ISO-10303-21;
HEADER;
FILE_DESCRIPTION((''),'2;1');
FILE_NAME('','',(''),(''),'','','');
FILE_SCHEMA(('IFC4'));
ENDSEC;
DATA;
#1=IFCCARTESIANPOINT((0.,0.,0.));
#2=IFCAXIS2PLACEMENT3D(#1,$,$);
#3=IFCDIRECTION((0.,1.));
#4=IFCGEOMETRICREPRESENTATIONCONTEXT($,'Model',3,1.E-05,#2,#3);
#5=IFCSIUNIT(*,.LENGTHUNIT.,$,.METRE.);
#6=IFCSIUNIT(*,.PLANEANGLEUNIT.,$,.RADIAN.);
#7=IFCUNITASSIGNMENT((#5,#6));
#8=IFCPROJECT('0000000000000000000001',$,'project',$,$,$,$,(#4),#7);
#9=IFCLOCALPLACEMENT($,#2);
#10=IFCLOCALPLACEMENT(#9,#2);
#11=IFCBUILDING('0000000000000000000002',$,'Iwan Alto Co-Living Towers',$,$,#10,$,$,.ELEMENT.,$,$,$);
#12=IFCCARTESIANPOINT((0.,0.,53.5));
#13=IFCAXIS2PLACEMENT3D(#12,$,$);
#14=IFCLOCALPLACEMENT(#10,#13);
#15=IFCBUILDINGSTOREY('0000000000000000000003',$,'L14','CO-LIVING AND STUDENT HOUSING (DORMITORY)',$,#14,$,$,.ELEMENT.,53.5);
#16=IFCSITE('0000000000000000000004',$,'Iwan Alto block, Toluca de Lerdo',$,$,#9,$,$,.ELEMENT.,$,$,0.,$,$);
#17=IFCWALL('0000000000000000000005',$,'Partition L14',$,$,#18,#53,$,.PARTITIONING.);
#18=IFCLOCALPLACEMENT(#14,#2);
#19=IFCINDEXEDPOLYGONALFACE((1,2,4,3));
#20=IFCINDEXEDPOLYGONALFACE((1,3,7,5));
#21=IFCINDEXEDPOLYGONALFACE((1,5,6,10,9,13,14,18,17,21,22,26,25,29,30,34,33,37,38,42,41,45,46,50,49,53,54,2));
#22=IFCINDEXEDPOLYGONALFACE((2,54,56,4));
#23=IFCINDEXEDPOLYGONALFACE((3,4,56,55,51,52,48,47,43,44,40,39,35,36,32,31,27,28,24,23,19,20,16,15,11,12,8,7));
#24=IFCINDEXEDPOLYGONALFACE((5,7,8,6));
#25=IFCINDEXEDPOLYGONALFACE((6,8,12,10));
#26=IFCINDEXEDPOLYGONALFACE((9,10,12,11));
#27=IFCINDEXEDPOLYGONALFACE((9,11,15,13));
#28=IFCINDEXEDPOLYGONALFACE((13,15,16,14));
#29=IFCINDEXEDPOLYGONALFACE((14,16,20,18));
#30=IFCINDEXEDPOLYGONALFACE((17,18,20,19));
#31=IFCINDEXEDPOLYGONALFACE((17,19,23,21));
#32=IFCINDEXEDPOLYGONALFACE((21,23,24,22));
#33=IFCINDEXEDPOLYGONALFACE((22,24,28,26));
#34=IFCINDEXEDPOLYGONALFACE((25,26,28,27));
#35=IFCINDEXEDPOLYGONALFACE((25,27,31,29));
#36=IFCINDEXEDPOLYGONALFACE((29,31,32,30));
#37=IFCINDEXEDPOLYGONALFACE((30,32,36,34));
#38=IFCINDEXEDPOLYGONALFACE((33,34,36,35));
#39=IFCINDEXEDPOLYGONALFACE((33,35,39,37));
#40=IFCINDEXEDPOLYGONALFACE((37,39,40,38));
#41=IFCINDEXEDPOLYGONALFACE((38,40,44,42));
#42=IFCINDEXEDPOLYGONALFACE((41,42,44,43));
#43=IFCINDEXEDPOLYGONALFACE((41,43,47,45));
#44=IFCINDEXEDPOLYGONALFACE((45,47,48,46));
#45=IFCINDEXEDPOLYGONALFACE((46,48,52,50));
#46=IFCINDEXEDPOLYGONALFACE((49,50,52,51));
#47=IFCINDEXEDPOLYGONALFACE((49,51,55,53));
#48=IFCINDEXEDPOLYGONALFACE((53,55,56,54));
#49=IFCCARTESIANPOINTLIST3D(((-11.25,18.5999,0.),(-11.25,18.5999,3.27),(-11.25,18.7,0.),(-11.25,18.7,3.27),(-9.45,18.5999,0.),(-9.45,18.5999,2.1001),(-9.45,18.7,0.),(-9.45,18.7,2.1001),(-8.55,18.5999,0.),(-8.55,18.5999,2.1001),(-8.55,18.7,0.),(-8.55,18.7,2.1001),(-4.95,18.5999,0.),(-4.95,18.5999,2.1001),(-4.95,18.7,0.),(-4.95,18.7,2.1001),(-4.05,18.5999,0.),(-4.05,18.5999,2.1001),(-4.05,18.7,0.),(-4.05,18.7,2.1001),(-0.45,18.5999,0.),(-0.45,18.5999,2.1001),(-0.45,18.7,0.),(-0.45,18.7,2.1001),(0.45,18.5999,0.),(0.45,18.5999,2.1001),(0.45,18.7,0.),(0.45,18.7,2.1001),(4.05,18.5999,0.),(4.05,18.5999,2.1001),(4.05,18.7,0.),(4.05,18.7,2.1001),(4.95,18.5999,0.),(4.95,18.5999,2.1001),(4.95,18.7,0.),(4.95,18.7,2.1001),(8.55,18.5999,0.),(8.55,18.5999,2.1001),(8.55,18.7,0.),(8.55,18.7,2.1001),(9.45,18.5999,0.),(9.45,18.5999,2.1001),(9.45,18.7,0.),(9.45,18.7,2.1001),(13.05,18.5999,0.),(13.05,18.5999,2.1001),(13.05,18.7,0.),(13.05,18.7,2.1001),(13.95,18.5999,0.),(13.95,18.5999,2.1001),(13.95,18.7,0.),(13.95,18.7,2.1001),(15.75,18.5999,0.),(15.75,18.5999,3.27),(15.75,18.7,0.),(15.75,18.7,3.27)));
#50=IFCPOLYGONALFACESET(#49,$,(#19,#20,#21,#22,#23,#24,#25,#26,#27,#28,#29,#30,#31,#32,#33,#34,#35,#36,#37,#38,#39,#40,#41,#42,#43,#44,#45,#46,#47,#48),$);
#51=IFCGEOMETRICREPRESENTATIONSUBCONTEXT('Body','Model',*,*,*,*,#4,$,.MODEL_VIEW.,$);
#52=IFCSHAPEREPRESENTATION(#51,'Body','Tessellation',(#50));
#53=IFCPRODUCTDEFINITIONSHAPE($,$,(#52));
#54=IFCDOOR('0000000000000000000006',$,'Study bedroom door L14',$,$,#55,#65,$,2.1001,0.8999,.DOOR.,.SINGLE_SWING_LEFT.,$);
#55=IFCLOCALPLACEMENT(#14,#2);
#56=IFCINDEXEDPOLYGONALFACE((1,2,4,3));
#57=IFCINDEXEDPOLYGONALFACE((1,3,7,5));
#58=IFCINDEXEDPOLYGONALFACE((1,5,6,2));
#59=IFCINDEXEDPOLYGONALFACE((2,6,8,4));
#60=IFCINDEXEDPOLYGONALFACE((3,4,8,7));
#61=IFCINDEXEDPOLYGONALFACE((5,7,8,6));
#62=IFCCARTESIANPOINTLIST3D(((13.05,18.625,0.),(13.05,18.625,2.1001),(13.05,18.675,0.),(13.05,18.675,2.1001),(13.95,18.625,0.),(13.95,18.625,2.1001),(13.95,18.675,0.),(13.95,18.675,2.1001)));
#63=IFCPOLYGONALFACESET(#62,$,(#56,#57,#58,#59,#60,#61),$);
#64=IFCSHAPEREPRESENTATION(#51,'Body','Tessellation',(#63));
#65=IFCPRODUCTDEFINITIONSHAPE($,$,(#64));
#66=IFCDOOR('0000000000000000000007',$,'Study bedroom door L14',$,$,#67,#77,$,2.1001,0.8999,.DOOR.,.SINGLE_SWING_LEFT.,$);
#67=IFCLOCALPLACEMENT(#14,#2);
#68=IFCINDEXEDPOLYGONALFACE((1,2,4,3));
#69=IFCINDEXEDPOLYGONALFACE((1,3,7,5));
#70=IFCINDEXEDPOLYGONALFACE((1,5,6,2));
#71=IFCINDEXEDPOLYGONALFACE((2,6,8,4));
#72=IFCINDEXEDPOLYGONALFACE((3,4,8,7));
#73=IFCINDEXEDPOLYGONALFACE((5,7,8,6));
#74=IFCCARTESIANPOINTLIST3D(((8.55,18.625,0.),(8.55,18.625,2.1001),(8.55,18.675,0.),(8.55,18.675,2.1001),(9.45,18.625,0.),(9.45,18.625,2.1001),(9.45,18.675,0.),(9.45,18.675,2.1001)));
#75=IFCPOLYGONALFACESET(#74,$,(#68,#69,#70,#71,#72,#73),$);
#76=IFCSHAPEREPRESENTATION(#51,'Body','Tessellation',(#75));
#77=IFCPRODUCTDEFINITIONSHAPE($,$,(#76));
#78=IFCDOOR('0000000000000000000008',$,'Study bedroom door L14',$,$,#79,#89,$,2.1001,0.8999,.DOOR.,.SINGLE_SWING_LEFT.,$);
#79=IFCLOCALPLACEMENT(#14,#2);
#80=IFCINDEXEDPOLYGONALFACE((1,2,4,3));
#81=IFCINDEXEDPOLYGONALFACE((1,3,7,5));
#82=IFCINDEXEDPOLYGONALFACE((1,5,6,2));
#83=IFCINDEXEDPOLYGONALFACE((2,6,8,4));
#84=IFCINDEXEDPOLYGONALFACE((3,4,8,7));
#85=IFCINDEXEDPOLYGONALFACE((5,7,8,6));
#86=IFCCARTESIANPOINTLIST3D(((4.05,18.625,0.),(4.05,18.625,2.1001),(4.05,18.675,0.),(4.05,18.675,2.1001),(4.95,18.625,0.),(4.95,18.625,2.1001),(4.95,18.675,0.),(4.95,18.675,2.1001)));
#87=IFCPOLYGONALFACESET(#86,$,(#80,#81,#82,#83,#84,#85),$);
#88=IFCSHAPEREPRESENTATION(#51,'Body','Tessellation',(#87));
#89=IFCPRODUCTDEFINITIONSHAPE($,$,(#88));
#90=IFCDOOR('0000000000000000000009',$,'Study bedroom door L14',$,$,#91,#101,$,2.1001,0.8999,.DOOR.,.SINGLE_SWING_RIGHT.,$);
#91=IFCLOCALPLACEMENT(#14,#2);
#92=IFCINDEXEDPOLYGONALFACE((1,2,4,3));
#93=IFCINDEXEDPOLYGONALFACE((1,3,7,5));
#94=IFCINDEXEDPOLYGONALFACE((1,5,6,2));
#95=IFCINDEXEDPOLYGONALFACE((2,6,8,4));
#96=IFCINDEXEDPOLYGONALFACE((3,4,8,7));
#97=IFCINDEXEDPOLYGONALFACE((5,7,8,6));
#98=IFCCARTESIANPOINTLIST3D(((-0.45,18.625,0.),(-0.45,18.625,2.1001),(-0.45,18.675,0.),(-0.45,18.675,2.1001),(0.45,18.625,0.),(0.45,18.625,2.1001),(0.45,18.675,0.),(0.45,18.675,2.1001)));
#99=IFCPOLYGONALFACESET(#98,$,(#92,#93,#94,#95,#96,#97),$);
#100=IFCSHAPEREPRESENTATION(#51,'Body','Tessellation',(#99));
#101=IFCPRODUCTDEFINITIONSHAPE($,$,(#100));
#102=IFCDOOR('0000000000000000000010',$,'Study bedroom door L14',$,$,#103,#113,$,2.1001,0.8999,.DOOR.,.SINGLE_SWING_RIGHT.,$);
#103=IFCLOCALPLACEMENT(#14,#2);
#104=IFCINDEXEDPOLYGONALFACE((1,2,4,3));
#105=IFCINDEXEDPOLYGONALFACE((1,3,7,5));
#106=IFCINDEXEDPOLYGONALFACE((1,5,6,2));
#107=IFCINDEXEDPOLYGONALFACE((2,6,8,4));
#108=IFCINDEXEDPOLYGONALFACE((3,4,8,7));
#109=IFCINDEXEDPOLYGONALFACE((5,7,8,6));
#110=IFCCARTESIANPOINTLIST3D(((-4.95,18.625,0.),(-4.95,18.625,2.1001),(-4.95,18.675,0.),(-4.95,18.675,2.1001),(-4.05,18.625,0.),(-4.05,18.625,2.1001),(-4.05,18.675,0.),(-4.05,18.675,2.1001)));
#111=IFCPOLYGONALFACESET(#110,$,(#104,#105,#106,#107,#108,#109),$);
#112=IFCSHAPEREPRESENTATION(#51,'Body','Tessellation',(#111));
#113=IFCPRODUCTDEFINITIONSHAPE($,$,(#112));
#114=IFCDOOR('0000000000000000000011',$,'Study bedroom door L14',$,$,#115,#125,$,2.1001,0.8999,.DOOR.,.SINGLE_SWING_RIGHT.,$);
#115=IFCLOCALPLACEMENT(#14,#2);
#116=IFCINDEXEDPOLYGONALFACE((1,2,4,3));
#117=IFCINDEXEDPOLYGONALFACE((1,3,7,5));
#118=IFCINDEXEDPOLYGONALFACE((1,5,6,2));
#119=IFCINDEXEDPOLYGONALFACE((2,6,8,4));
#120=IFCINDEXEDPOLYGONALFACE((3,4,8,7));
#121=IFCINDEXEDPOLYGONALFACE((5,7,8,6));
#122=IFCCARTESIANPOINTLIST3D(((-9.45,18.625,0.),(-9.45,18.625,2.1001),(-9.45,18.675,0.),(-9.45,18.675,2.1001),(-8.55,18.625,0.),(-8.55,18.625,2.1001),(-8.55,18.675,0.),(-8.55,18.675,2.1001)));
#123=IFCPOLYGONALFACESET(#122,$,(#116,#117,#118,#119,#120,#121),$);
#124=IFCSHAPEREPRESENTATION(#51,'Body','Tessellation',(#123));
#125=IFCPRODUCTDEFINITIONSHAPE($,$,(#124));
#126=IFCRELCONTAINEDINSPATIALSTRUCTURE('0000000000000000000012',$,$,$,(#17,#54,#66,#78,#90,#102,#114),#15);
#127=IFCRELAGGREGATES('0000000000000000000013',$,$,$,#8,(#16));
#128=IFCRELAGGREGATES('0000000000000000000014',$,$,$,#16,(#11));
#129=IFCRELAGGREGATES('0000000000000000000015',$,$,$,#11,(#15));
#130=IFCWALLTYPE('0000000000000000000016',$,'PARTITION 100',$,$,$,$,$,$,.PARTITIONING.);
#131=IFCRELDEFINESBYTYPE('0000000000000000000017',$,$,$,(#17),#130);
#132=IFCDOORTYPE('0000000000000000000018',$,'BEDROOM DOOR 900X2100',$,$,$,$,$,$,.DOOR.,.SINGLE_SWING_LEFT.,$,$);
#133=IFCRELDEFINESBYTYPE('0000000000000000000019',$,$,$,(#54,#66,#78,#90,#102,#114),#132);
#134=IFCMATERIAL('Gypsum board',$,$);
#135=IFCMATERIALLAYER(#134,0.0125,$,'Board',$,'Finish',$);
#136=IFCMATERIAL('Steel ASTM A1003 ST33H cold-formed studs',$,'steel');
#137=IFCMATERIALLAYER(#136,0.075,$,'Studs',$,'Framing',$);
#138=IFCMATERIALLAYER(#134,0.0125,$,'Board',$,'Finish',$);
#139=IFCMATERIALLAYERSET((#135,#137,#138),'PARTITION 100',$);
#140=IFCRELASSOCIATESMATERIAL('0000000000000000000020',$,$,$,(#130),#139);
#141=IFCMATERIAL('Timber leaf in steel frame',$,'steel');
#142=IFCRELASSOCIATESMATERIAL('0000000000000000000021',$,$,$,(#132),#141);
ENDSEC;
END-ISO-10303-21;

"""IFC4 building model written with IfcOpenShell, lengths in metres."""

from ifc_helpers import new_model, si_unit, direction, frame, frame_2d, origin, place, context, subcontext, project, spatial, rectangle, extrude, material, layer, layer_set, type_object, element, fill, save


model = new_model("IFC4")

# Units and contexts
model_context = context("Model", 3, precision=1e-05, world=origin(), true_north=direction((0.0, 1.0)))
body_context = subcontext(model_context, "Body", "Model", "MODEL_VIEW")
ifc_project = project(units=[si_unit("LENGTHUNIT", "METRE"), si_unit("PLANEANGLEUNIT", "RADIAN")], contexts=[model_context])

# Site, building, storey
site_placement = place(None, origin())
site = spatial("IfcSite", under=ifc_project, at=site_placement, Name="Iwan Alto block, Toluca de Lerdo", CompositionType="ELEMENT", RefElevation=0.0)
building_placement = place(site_placement, origin())
building = spatial("IfcBuilding", under=site, at=building_placement, Name="Iwan Alto Co-Living Towers", CompositionType="ELEMENT")
storey_placement = place(building_placement, frame((0.0, 0.0, 53.5)))
storey = spatial("IfcBuildingStorey", under=building, at=storey_placement, Name="L14", Description="CO-LIVING AND STUDENT HOUSING (DORMITORY)", CompositionType="ELEMENT", Elevation=53.5)

# Wall, openings, doors
ifc_material_1 = material(Name="Gypsum board")
ifc_layer_1 = layer(ifc_material_1, 0.0125, Name="Board", Category="Finish")
ifc_material_2 = material(Name="Steel ASTM A1003 ST33H cold-formed studs", Category="steel")
ifc_layer_2 = layer(ifc_material_2, 0.075, Name="Studs", Category="Framing")
ifc_layer_3 = layer(ifc_material_1, 0.0125, Name="Board", Category="Finish")
ifc_layer_set_1 = layer_set([ifc_layer_1, ifc_layer_2, ifc_layer_3], Name="PARTITION 100")
wall_type_1 = type_object("IfcWallType", Name="PARTITION 100", PredefinedType="PARTITIONING", material=ifc_layer_set_1)
wall_1_placement = place(storey_placement, frame((-11.25, 18.6499, 0.0), z_axis=(0.0, 0.0, 1.0), x_axis=(1.0, 0.0, 0.0)))
wall_1 = element("IfcWall", 1, at=wall_1_placement, inside=storey, type_object=wall_type_1, Name="Partition L14", PredefinedType="PARTITIONING", context=body_context, shape_type="SweptSolid", body=[
    extrude(rectangle(XDim=27.0, YDim=0.1001, at=frame_2d((13.5, 0.0))), origin(), (0.0, 0.0, 1.0), 3.27),
])
opening_1_placement = place(wall_1_placement, frame((24.3, 0.0, 0.0)))
opening_1 = element("IfcOpeningElement", 2, at=opening_1_placement, cuts=wall_1, PredefinedType="OPENING", context=body_context, shape_type="SweptSolid", body=[
    extrude(rectangle(XDim=0.8999, YDim=2.1001, at=frame_2d((0.45, 1.05))), frame((0.0, 0.0601, 0.0), z_axis=(0.0, -1.0, 0.0), x_axis=(1.0, 0.0, 0.0)), (0.0, 0.0, 1.0), 0.1201),
])
opening_2_placement = place(wall_1_placement, frame((19.8, 0.0, 0.0)))
opening_2 = element("IfcOpeningElement", 3, at=opening_2_placement, cuts=wall_1, PredefinedType="OPENING", context=body_context, shape_type="SweptSolid", body=[
    extrude(rectangle(XDim=0.8999, YDim=2.1001, at=frame_2d((0.45, 1.05))), frame((0.0, 0.0601, 0.0), z_axis=(0.0, -1.0, 0.0), x_axis=(1.0, 0.0, 0.0)), (0.0, 0.0, 1.0), 0.1201),
])
opening_3_placement = place(wall_1_placement, frame((15.3, 0.0, 0.0)))
opening_3 = element("IfcOpeningElement", 4, at=opening_3_placement, cuts=wall_1, PredefinedType="OPENING", context=body_context, shape_type="SweptSolid", body=[
    extrude(rectangle(XDim=0.8999, YDim=2.1001, at=frame_2d((0.45, 1.05))), frame((0.0, 0.0601, 0.0), z_axis=(0.0, -1.0, 0.0), x_axis=(1.0, 0.0, 0.0)), (0.0, 0.0, 1.0), 0.1201),
])
opening_4_placement = place(wall_1_placement, frame((10.8, 0.0, 0.0)))
opening_4 = element("IfcOpeningElement", 5, at=opening_4_placement, cuts=wall_1, PredefinedType="OPENING", context=body_context, shape_type="SweptSolid", body=[
    extrude(rectangle(XDim=0.8999, YDim=2.1001, at=frame_2d((0.45, 1.05))), frame((0.0, 0.0601, 0.0), z_axis=(0.0, -1.0, 0.0), x_axis=(1.0, 0.0, 0.0)), (0.0, 0.0, 1.0), 0.1201),
])
opening_5_placement = place(wall_1_placement, frame((6.3, 0.0, 0.0)))
opening_5 = element("IfcOpeningElement", 6, at=opening_5_placement, cuts=wall_1, PredefinedType="OPENING", context=body_context, shape_type="SweptSolid", body=[
    extrude(rectangle(XDim=0.8999, YDim=2.1001, at=frame_2d((0.45, 1.05))), frame((0.0, 0.0601, 0.0), z_axis=(0.0, -1.0, 0.0), x_axis=(1.0, 0.0, 0.0)), (0.0, 0.0, 1.0), 0.1201),
])
opening_6_placement = place(wall_1_placement, frame((1.8, 0.0, 0.0)))
opening_6 = element("IfcOpeningElement", 7, at=opening_6_placement, cuts=wall_1, PredefinedType="OPENING", context=body_context, shape_type="SweptSolid", body=[
    extrude(rectangle(XDim=0.8999, YDim=2.1001, at=frame_2d((0.45, 1.05))), frame((0.0, 0.0601, 0.0), z_axis=(0.0, -1.0, 0.0), x_axis=(1.0, 0.0, 0.0)), (0.0, 0.0, 1.0), 0.1201),
])
ifc_material_3 = material(Name="Timber leaf in steel frame", Category="steel")
door_type_1 = type_object("IfcDoorType", Name="BEDROOM DOOR 900X2100", OperationType="SINGLE_SWING_LEFT", PredefinedType="DOOR", material=ifc_material_3)
door_1_placement = place(opening_1_placement, frame((0.8999, 0.0, 0.0), z_axis=(0.0, 0.0, 1.0), x_axis=(-1.0, 0.0, 0.0)))
door_1 = element("IfcDoor", 8, at=door_1_placement, inside=storey, type_object=door_type_1, Name="Study bedroom door L14", OperationType="SINGLE_SWING_LEFT", OverallHeight=2.1001, OverallWidth=0.8999, PredefinedType="DOOR", context=body_context, shape_type="SweptSolid", body=[
    extrude(rectangle(XDim=0.8999, YDim=2.1001, at=frame_2d((0.45, 1.05))), frame((0.0, 0.0249, 0.0), z_axis=(0.0, -1.0, 0.0), x_axis=(1.0, 0.0, 0.0)), (0.0, 0.0, 1.0), 0.05),
])
fill(opening_1, door_1)
door_2_placement = place(opening_2_placement, frame((0.8999, 0.0, 0.0), z_axis=(0.0, 0.0, 1.0), x_axis=(-1.0, 0.0, 0.0)))
door_2 = element("IfcDoor", 9, at=door_2_placement, inside=storey, type_object=door_type_1, Name="Study bedroom door L14", OperationType="SINGLE_SWING_LEFT", OverallHeight=2.1001, OverallWidth=0.8999, PredefinedType="DOOR", context=body_context, shape_type="SweptSolid", body=[
    extrude(rectangle(XDim=0.8999, YDim=2.1001, at=frame_2d((0.45, 1.05))), frame((0.0, 0.0249, 0.0), z_axis=(0.0, -1.0, 0.0), x_axis=(1.0, 0.0, 0.0)), (0.0, 0.0, 1.0), 0.05),
])
fill(opening_2, door_2)
door_3_placement = place(opening_3_placement, frame((0.8999, 0.0, 0.0), z_axis=(0.0, 0.0, 1.0), x_axis=(-1.0, 0.0, 0.0)))
door_3 = element("IfcDoor", 10, at=door_3_placement, inside=storey, type_object=door_type_1, Name="Study bedroom door L14", OperationType="SINGLE_SWING_LEFT", OverallHeight=2.1001, OverallWidth=0.8999, PredefinedType="DOOR", context=body_context, shape_type="SweptSolid", body=[
    extrude(rectangle(XDim=0.8999, YDim=2.1001, at=frame_2d((0.45, 1.05))), frame((0.0, 0.0249, 0.0), z_axis=(0.0, -1.0, 0.0), x_axis=(1.0, 0.0, 0.0)), (0.0, 0.0, 1.0), 0.05),
])
fill(opening_3, door_3)
door_4_placement = place(opening_4_placement, frame((0.8999, 0.0, 0.0), z_axis=(0.0, 0.0, 1.0), x_axis=(-1.0, 0.0, 0.0)))
door_4 = element("IfcDoor", 11, at=door_4_placement, inside=storey, type_object=door_type_1, Name="Study bedroom door L14", OperationType="SINGLE_SWING_RIGHT", OverallHeight=2.1001, OverallWidth=0.8999, PredefinedType="DOOR", context=body_context, shape_type="SweptSolid", body=[
    extrude(rectangle(XDim=0.8999, YDim=2.1001, at=frame_2d((0.45, 1.05))), frame((0.0, 0.0249, 0.0), z_axis=(0.0, -1.0, 0.0), x_axis=(1.0, 0.0, 0.0)), (0.0, 0.0, 1.0), 0.05),
])
fill(opening_4, door_4)
door_5_placement = place(opening_5_placement, frame((0.8999, 0.0, 0.0), z_axis=(0.0, 0.0, 1.0), x_axis=(-1.0, 0.0, 0.0)))
door_5 = element("IfcDoor", 12, at=door_5_placement, inside=storey, type_object=door_type_1, Name="Study bedroom door L14", OperationType="SINGLE_SWING_RIGHT", OverallHeight=2.1001, OverallWidth=0.8999, PredefinedType="DOOR", context=body_context, shape_type="SweptSolid", body=[
    extrude(rectangle(XDim=0.8999, YDim=2.1001, at=frame_2d((0.45, 1.05))), frame((0.0, 0.0249, 0.0), z_axis=(0.0, -1.0, 0.0), x_axis=(1.0, 0.0, 0.0)), (0.0, 0.0, 1.0), 0.05),
])
fill(opening_5, door_5)
door_6_placement = place(opening_6_placement, frame((0.8999, 0.0, 0.0), z_axis=(0.0, 0.0, 1.0), x_axis=(-1.0, 0.0, 0.0)))
door_6 = element("IfcDoor", 13, at=door_6_placement, inside=storey, type_object=door_type_1, Name="Study bedroom door L14", OperationType="SINGLE_SWING_RIGHT", OverallHeight=2.1001, OverallWidth=0.8999, PredefinedType="DOOR", context=body_context, shape_type="SweptSolid", body=[
    extrude(rectangle(XDim=0.8999, YDim=2.1001, at=frame_2d((0.45, 1.05))), frame((0.0, 0.0249, 0.0), z_axis=(0.0, -1.0, 0.0), x_axis=(1.0, 0.0, 0.0)), (0.0, 0.0, 1.0), 0.05),
])
fill(opening_6, door_6)

save(model, "model.ifc")
